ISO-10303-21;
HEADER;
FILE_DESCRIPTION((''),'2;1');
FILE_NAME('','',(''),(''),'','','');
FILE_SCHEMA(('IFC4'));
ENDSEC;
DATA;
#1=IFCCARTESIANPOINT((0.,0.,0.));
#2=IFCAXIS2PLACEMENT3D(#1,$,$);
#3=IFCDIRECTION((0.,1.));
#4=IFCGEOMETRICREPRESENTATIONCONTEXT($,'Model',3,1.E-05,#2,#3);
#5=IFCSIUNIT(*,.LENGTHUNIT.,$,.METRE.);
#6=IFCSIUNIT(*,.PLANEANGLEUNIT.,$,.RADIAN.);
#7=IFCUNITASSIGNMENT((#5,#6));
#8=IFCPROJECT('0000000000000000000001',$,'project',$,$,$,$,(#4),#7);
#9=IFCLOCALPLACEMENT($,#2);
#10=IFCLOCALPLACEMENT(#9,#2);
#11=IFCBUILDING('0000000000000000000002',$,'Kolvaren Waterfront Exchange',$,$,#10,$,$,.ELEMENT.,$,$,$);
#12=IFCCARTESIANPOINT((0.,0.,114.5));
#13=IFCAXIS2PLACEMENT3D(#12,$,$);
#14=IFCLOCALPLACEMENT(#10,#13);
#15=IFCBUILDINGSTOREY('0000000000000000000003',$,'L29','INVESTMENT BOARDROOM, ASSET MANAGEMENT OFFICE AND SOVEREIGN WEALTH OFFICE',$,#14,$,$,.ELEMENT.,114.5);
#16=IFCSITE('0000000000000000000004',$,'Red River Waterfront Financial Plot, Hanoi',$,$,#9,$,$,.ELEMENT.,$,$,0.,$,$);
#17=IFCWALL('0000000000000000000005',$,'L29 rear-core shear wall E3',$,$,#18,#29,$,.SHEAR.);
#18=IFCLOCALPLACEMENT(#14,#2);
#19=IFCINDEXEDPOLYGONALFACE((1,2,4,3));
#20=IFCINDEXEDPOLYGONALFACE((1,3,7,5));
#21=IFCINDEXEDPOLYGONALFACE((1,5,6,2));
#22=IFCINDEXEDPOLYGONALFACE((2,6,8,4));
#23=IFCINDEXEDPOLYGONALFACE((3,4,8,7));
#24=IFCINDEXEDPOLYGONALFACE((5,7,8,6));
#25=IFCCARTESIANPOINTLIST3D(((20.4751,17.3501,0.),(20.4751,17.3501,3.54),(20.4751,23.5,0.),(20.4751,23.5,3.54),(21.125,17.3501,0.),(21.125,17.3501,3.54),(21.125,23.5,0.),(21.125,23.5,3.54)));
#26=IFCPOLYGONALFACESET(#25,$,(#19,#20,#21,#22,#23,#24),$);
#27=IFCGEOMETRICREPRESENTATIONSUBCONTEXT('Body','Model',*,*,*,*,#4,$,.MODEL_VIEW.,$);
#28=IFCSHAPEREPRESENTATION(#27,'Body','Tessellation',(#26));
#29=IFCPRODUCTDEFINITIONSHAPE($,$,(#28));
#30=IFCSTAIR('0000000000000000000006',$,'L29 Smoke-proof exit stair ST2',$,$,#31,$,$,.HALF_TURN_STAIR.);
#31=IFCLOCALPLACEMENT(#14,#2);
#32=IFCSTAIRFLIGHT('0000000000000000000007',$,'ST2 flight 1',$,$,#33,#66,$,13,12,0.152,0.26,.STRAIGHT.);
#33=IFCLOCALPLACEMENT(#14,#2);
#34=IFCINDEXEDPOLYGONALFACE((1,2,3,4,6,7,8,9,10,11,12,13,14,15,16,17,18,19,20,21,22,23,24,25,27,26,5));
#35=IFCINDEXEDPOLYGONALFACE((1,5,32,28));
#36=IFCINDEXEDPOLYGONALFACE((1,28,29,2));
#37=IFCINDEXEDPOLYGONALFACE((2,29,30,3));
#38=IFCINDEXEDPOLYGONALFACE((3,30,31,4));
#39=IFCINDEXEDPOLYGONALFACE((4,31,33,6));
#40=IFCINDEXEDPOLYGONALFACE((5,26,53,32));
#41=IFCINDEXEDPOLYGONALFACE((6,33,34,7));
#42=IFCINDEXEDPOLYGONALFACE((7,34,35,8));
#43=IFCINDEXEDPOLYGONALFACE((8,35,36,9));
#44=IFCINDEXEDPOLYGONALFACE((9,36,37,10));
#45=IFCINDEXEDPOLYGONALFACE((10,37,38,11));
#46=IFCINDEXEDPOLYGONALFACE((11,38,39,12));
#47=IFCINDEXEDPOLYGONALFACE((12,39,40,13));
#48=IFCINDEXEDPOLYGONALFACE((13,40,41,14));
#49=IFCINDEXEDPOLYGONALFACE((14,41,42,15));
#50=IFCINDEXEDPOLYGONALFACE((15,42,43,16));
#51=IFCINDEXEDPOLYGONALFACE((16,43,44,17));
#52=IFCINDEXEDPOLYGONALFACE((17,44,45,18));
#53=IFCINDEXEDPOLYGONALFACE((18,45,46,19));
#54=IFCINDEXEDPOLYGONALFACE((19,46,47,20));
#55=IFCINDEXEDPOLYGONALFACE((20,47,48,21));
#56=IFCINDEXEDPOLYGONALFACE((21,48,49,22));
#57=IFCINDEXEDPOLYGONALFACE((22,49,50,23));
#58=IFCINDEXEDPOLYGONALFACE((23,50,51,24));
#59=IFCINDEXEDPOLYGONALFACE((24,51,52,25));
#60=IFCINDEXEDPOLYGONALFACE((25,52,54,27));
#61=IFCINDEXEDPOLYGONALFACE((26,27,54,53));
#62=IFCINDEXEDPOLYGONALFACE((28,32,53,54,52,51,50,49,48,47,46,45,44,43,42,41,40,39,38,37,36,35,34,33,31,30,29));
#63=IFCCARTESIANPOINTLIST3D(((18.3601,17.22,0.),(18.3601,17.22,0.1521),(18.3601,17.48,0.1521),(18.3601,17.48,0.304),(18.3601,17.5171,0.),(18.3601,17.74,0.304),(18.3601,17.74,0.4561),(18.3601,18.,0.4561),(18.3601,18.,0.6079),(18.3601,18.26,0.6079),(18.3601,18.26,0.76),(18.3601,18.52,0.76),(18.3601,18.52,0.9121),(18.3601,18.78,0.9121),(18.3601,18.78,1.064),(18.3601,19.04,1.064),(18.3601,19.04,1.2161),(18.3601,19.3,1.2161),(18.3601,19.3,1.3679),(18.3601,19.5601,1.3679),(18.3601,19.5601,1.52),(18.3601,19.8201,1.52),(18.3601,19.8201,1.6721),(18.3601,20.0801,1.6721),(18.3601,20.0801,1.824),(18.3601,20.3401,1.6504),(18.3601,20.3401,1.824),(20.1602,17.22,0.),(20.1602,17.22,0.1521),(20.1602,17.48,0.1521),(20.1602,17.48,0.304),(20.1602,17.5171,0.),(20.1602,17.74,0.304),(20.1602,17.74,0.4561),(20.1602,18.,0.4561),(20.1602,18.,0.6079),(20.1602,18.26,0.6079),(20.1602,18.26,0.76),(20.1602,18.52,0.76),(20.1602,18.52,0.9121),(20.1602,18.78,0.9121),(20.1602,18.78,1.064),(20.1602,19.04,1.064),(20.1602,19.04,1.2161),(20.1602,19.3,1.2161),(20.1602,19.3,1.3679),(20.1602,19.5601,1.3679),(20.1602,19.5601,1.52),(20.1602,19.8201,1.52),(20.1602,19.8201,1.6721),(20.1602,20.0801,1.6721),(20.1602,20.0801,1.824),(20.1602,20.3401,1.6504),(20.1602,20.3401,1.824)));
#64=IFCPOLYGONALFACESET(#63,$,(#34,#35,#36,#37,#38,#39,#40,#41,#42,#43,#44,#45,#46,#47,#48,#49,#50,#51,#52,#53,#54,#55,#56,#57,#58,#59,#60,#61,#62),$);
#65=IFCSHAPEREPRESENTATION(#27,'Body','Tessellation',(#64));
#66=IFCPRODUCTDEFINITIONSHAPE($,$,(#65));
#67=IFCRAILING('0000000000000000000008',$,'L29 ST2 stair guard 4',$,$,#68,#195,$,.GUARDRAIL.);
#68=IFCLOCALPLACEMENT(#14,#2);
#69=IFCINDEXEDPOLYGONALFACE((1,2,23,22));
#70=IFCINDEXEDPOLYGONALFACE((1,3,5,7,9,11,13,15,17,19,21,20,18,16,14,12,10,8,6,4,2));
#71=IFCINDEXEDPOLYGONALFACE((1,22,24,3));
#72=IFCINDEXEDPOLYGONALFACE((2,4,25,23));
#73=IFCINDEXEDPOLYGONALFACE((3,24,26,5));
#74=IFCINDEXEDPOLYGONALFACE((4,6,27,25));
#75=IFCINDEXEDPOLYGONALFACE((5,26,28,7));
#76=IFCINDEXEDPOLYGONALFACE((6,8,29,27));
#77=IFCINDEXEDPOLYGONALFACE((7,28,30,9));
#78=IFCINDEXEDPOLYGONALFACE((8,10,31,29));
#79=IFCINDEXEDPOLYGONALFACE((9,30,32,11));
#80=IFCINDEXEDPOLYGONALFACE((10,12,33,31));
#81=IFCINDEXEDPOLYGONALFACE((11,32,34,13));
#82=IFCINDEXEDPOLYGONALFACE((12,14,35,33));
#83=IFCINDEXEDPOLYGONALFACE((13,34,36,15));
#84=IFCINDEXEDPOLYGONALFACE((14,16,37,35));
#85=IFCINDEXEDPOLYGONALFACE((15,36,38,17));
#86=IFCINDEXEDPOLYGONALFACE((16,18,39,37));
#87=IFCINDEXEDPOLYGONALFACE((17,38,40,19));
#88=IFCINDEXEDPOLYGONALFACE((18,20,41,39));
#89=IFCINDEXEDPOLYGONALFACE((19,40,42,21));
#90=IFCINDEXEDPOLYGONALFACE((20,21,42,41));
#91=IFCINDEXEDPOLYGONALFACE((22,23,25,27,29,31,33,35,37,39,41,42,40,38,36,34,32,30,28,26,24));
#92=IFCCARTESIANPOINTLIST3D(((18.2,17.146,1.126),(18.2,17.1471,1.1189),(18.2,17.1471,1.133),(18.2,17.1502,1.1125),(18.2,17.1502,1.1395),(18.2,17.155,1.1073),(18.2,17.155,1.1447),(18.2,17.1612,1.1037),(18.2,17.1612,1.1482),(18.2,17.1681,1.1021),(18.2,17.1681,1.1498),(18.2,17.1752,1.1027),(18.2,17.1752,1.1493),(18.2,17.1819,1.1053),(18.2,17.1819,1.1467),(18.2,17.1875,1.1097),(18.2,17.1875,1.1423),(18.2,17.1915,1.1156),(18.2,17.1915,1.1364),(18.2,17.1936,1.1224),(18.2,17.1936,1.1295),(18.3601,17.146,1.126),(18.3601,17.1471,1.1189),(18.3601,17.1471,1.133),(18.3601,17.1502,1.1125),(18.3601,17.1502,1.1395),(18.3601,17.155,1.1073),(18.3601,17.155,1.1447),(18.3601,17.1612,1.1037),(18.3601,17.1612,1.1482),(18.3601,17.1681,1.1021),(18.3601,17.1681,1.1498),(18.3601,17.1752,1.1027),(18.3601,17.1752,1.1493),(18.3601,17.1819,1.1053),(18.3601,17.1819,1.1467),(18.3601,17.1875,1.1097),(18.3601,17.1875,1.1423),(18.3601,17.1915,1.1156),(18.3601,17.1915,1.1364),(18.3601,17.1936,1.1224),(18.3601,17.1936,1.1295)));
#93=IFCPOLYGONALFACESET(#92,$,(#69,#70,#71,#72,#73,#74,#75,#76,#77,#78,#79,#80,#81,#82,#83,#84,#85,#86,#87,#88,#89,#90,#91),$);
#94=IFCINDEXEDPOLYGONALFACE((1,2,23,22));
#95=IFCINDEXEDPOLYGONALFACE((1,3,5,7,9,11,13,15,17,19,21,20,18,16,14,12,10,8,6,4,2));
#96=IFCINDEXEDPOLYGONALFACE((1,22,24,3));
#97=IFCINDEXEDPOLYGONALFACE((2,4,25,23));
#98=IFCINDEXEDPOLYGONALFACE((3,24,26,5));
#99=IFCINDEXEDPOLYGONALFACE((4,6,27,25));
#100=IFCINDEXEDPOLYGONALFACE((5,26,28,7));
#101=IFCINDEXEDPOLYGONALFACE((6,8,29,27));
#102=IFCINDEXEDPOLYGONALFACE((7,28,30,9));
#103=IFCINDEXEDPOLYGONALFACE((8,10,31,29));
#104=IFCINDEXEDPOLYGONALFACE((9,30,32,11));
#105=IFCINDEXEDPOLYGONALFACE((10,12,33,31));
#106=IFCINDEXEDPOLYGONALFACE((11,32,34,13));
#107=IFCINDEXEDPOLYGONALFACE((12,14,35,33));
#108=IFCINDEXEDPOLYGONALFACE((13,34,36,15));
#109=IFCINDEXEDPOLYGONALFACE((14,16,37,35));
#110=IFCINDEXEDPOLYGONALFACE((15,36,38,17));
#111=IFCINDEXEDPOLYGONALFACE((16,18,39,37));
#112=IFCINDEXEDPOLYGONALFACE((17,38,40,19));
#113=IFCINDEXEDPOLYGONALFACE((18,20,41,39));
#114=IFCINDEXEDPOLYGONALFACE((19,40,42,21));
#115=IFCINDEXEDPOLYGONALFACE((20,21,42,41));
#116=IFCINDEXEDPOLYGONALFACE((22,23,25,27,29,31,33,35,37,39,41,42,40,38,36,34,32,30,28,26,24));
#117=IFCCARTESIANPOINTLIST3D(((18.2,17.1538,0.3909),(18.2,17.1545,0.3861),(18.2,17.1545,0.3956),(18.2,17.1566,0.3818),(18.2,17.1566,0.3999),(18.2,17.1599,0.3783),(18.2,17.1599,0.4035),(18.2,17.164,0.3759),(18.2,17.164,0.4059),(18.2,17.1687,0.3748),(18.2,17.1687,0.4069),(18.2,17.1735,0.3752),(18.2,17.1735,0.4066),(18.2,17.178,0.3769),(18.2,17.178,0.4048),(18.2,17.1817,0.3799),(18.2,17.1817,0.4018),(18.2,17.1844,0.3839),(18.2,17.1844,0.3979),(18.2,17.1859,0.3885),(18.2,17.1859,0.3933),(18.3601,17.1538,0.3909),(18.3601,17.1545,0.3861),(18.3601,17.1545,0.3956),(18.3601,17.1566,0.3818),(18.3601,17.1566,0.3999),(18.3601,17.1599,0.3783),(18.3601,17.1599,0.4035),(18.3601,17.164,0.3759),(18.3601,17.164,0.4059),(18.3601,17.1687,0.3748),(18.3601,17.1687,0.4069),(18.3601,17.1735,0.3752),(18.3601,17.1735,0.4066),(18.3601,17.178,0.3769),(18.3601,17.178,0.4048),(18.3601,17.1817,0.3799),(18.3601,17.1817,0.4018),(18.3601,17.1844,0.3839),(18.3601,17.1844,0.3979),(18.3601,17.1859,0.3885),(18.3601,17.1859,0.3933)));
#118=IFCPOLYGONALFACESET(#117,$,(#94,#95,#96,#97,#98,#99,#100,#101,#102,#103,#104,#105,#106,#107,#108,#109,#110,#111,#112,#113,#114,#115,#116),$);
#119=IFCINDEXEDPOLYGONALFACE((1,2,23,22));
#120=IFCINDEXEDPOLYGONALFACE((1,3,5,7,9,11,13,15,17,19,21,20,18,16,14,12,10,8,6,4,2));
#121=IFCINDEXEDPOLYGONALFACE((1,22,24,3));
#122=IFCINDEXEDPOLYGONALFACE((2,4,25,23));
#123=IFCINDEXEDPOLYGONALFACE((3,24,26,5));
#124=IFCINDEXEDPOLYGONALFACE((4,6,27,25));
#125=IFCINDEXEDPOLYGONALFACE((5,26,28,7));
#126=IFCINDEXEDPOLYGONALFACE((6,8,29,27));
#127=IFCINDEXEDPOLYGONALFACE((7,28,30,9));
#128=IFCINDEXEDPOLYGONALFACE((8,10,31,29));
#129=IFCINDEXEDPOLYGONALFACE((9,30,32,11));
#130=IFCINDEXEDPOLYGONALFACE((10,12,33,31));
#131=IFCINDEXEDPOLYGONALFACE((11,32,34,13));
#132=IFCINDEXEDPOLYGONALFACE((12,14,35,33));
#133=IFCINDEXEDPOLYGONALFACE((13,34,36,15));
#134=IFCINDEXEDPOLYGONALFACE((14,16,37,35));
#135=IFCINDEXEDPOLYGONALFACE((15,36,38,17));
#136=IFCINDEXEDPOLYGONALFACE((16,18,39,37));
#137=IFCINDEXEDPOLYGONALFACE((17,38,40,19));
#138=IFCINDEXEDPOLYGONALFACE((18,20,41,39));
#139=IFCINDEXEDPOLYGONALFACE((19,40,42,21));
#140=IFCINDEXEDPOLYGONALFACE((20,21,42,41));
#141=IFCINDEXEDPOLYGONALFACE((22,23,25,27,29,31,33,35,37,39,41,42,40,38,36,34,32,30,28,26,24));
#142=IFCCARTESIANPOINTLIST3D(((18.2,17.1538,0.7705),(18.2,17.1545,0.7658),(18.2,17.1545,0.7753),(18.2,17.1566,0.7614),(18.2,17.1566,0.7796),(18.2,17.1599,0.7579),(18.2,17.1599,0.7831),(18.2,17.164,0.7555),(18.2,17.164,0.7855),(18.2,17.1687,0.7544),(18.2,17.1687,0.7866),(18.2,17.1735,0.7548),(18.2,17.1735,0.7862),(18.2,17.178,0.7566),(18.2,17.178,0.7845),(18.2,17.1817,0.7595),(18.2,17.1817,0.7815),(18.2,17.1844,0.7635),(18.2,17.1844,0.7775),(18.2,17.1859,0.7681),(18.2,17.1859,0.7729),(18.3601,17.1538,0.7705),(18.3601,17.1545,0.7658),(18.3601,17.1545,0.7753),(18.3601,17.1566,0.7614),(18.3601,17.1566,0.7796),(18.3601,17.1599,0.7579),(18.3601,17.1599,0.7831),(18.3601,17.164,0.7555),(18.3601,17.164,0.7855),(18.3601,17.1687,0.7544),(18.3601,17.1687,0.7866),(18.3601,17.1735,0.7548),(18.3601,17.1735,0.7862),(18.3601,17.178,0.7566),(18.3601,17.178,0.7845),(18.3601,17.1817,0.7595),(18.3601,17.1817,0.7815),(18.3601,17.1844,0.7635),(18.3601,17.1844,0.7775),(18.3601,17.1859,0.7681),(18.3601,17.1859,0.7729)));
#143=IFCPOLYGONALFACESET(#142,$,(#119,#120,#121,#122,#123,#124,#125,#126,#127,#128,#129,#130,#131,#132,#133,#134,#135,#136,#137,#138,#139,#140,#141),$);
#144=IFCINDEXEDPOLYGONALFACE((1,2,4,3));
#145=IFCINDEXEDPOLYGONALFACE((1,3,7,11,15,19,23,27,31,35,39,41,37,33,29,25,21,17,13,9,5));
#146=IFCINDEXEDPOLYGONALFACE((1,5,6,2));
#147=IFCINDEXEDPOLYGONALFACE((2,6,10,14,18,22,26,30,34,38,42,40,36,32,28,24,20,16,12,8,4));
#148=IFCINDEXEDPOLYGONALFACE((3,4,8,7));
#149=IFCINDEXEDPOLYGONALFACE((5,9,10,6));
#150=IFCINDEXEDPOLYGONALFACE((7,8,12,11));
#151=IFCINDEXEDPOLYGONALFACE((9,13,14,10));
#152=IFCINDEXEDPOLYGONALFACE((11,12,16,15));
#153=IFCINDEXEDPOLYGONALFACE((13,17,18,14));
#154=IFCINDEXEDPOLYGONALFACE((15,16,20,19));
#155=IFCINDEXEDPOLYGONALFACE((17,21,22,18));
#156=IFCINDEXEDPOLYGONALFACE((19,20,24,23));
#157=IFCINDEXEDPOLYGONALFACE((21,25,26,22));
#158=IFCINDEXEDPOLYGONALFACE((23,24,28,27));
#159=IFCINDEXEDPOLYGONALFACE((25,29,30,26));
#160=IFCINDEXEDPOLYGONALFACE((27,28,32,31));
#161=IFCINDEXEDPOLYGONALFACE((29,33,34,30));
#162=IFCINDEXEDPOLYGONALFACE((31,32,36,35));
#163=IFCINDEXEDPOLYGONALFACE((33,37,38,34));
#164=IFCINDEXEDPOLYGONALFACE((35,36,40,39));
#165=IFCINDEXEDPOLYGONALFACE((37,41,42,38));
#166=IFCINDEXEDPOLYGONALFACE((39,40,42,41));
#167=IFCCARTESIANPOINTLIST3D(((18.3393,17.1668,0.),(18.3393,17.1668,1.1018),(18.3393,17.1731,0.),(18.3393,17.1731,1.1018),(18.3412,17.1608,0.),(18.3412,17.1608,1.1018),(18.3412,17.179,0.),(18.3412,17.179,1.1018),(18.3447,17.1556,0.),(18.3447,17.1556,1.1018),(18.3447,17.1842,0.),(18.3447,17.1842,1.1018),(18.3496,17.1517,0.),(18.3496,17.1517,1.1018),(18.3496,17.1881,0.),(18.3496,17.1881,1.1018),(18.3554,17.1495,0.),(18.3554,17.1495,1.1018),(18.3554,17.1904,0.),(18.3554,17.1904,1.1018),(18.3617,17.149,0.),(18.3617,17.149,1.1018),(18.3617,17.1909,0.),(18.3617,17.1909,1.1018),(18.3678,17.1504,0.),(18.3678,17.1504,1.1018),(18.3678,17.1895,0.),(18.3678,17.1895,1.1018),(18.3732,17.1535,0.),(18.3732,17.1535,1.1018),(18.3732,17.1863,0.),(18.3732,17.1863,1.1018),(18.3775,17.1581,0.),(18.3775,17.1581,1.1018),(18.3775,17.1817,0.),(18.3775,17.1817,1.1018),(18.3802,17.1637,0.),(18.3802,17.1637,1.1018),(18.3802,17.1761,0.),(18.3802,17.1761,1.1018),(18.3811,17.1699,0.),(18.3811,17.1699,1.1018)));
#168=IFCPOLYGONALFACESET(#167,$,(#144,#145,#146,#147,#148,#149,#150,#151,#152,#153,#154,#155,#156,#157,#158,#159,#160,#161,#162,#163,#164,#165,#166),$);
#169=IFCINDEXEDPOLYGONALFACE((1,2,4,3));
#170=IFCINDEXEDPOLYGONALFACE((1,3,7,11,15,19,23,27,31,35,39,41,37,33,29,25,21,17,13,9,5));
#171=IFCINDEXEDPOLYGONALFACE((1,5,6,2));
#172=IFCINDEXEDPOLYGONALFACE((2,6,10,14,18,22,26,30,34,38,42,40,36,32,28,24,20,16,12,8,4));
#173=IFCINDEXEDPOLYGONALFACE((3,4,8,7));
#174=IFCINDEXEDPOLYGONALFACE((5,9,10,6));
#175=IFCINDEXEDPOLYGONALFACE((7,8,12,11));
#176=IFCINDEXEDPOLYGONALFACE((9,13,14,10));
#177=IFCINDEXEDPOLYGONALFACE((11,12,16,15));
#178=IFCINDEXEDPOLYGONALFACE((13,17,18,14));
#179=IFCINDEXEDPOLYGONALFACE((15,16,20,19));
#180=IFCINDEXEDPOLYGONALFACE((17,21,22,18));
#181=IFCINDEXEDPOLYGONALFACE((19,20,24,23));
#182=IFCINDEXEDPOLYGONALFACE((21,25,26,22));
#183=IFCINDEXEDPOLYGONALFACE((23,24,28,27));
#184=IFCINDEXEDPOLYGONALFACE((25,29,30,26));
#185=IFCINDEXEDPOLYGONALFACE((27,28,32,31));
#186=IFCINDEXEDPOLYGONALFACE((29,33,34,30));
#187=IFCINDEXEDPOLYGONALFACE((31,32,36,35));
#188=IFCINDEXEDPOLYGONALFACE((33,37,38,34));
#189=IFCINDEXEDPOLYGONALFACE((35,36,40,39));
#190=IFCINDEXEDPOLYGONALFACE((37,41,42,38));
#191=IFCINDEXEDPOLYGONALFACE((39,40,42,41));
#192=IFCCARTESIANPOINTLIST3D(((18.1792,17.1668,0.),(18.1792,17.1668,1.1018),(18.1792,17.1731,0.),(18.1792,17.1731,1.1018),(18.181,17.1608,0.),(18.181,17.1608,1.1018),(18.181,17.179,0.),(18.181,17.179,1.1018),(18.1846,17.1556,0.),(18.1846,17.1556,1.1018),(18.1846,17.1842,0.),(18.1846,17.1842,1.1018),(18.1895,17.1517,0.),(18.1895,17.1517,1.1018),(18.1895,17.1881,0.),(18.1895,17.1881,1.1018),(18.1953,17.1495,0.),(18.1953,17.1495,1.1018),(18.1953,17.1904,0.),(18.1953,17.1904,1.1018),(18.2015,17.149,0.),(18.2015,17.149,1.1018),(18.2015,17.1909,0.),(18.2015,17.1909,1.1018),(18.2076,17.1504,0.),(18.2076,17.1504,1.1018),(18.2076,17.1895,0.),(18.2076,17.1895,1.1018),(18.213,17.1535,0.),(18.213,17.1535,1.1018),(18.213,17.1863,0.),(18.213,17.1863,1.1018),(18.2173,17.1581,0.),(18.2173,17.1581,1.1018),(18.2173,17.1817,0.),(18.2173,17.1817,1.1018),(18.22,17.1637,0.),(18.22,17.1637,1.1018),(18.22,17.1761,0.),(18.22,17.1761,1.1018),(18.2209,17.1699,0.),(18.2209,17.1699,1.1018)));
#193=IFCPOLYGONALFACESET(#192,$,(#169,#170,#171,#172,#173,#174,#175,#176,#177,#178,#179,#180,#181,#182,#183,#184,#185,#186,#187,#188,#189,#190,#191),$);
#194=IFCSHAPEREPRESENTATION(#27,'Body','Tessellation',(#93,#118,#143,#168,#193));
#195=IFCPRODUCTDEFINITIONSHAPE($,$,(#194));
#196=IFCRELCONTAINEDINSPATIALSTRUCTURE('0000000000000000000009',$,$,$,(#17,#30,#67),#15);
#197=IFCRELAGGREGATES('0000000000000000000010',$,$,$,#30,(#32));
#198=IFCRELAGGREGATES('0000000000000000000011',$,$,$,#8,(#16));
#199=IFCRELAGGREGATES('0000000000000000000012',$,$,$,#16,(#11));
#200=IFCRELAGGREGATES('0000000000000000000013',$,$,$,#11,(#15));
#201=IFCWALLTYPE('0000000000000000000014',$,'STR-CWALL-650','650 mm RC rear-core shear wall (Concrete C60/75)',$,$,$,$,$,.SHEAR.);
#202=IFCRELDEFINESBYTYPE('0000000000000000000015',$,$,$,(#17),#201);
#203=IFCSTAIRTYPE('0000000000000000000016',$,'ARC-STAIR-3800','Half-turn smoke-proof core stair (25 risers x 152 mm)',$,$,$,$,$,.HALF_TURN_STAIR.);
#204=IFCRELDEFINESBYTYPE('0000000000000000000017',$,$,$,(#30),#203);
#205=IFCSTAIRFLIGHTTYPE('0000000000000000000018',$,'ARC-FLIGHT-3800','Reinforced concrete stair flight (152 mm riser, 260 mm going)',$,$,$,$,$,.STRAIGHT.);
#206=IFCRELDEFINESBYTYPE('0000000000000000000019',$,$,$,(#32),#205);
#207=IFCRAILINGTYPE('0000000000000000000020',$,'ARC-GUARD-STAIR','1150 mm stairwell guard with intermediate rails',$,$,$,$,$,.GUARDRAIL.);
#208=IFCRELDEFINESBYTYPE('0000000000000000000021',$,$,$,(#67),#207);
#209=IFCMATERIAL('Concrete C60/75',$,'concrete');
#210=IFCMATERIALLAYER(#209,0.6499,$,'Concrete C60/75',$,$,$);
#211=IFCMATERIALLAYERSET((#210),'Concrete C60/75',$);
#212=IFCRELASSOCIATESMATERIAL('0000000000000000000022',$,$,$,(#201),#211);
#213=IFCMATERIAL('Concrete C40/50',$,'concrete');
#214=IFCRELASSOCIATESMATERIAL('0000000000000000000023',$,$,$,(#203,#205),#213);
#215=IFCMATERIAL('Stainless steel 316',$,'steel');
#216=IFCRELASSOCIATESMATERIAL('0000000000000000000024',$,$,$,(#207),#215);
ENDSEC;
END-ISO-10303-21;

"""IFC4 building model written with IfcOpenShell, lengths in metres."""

from ifc_helpers import new_model, si_unit, direction, frame, frame_2d, origin, origin_2d, place, context, subcontext, project, spatial, polyline, rectangle, circle, outline, extrude, material, layer, layer_set, type_object, element, aggregate, save


model = new_model("IFC4")

# Units and contexts
model_context = context("Model", 3, precision=1e-05, world=origin(), true_north=direction((0.0, 1.0)))
body_context = subcontext(model_context, "Body", "Model", "MODEL_VIEW")
ifc_project = project(units=[si_unit("LENGTHUNIT", "METRE"), si_unit("PLANEANGLEUNIT", "RADIAN")], contexts=[model_context])

# Site, building, storey
site_placement = place(None, origin())
site = spatial("IfcSite", under=ifc_project, at=site_placement, Name="Red River Waterfront Financial Plot, Hanoi", CompositionType="ELEMENT", RefElevation=0.0)
building_placement = place(site_placement, origin())
building = spatial("IfcBuilding", under=site, at=building_placement, Name="Kolvaren Waterfront Exchange", CompositionType="ELEMENT")
storey_placement = place(building_placement, frame((0.0, 0.0, 114.5)))
storey = spatial("IfcBuildingStorey", under=building, at=storey_placement, Name="L29", Description="INVESTMENT BOARDROOM, ASSET MANAGEMENT OFFICE AND SOVEREIGN WEALTH OFFICE", CompositionType="ELEMENT", Elevation=114.5)

# Shared definitions
ifc_material_1 = material(Name="Concrete C60/75", Category="concrete")

# Wall
ifc_material_2 = material(Name="Concrete C40/50", Category="concrete")
ifc_layer_1 = layer(ifc_material_1, 0.6499, Name="Concrete C60/75")
ifc_layer_set_1 = layer_set([ifc_layer_1], Name="Concrete C60/75")
wall_type_1 = type_object("IfcWallType", Name="STR-CWALL-650", Description="650 mm RC rear-core shear wall (Concrete C60/75)", PredefinedType="SHEAR", material=ifc_layer_set_1)
wall_1_placement = place(storey_placement, frame((20.8, 17.3501, 0.0), z_axis=(0.0, 0.0, 1.0), x_axis=(0.0, 1.0, 0.0)))
element("IfcWall", 1, at=wall_1_placement, inside=storey, type_object=wall_type_1, Name="L29 rear-core shear wall E3", PredefinedType="SHEAR", context=body_context, shape_type="SweptSolid", body=[
    extrude(rectangle(XDim=6.1499, YDim=0.6499, at=frame_2d((3.075, 0.0))), origin(), (0.0, 0.0, 1.0), 3.54),
])

# Stair, stair flight
stair_type = type_object("IfcStairType", Name="ARC-STAIR-3800", Description="Half-turn smoke-proof core stair (25 risers x 152 mm)", PredefinedType="HALF_TURN_STAIR", material=ifc_material_2)
stair_placement = place(storey_placement, origin())
stair = element("IfcStair", 2, at=stair_placement, inside=storey, type_object=stair_type, Name="L29 Smoke-proof exit stair ST2", PredefinedType="HALF_TURN_STAIR")
stair_flight_type = type_object("IfcStairFlightType", Name="ARC-FLIGHT-3800", Description="Reinforced concrete stair flight (152 mm riser, 260 mm going)", PredefinedType="STRAIGHT", material=ifc_material_2)
stair_flight_placement = place(storey_placement, frame((19.26, 17.22, 0.0), z_axis=(0.0, 0.0, 1.0), x_axis=(0.0, 1.0, 0.0)))
stair_flight = element("IfcStairFlight", 3, at=stair_flight_placement, type_object=stair_flight_type, Name="ST2 flight 1", NumberOfRisers=13, NumberOfTreads=12, PredefinedType="STRAIGHT", RiserHeight=0.152, TreadLength=0.26, context=body_context, shape_type="SweptSolid", body=[
    extrude(outline(polyline([(0.0, 0.0), (0.0, 0.1521), (0.26, 0.1521), (0.26, 0.304), (0.52, 0.304), (0.52, 0.4561), (0.78, 0.4561), (0.78, 0.6079), (1.04, 0.6079), (1.04, 0.76), (1.3, 0.76), (1.3, 0.9121), (1.5601, 0.9121), (1.5601, 1.064), (1.8201, 1.064), (1.8201, 1.2161), (2.0801, 1.2161), (2.0801, 1.3679), (2.3401, 1.3679), (2.3401, 1.52), (2.6001, 1.52), (2.6001, 1.6721), (2.8601, 1.6721), (2.8601, 1.824), (3.1201, 1.824), (3.1201, 1.9761), (3.1201, 1.6504), (0.2971, 0.0), (0.0, 0.0)])), frame((0.0, 0.8999, 0.0), z_axis=(0.0, -1.0, 0.0), x_axis=(1.0, 0.0, 0.0)), (0.0, 0.0, 1.0), 1.8),
])
aggregate(stair, [stair_flight])

# Railing
ifc_material_3 = material(Name="Stainless steel 316", Category="steel")
railing_type_1 = type_object("IfcRailingType", Name="ARC-GUARD-STAIR", Description="1150 mm stairwell guard with intermediate rails", PredefinedType="GUARDRAIL", material=ifc_material_3)
railing_1_placement = place(storey_placement, frame((18.3601, 17.1699, 0.0)))
element("IfcRailing", 4, at=railing_1_placement, inside=storey, type_object=railing_type_1, Name="L29 ST2 stair guard 4", PredefinedType="GUARDRAIL", context=body_context, shape_type="SweptSolid", body=[
    extrude(circle(Radius=0.0239, at=origin_2d()), frame((0.0, 0.0, 1.126), z_axis=(-1.0, 0.0, 0.0), x_axis=(0.0, -1.0, 0.0)), (0.0, 0.0, 1.0), 0.1602),
    extrude(circle(Radius=0.0161, at=origin_2d()), frame((0.0, 0.0, 0.3909), z_axis=(-1.0, 0.0, 0.0), x_axis=(0.0, -1.0, 0.0)), (0.0, 0.0, 1.0), 0.1602),
    extrude(circle(Radius=0.0161, at=origin_2d()), frame((0.0, 0.0, 0.7705), z_axis=(-1.0, 0.0, 0.0), x_axis=(0.0, -1.0, 0.0)), (0.0, 0.0, 1.0), 0.1602),
    extrude(circle(Radius=0.021, at=origin_2d()), origin(), (0.0, 0.0, 1.0), 1.1018),
    extrude(circle(Radius=0.021, at=origin_2d()), frame((-0.1602, 0.0, 0.0)), (0.0, 0.0, 1.0), 1.1018),
])

save(model, "model.ifc")
